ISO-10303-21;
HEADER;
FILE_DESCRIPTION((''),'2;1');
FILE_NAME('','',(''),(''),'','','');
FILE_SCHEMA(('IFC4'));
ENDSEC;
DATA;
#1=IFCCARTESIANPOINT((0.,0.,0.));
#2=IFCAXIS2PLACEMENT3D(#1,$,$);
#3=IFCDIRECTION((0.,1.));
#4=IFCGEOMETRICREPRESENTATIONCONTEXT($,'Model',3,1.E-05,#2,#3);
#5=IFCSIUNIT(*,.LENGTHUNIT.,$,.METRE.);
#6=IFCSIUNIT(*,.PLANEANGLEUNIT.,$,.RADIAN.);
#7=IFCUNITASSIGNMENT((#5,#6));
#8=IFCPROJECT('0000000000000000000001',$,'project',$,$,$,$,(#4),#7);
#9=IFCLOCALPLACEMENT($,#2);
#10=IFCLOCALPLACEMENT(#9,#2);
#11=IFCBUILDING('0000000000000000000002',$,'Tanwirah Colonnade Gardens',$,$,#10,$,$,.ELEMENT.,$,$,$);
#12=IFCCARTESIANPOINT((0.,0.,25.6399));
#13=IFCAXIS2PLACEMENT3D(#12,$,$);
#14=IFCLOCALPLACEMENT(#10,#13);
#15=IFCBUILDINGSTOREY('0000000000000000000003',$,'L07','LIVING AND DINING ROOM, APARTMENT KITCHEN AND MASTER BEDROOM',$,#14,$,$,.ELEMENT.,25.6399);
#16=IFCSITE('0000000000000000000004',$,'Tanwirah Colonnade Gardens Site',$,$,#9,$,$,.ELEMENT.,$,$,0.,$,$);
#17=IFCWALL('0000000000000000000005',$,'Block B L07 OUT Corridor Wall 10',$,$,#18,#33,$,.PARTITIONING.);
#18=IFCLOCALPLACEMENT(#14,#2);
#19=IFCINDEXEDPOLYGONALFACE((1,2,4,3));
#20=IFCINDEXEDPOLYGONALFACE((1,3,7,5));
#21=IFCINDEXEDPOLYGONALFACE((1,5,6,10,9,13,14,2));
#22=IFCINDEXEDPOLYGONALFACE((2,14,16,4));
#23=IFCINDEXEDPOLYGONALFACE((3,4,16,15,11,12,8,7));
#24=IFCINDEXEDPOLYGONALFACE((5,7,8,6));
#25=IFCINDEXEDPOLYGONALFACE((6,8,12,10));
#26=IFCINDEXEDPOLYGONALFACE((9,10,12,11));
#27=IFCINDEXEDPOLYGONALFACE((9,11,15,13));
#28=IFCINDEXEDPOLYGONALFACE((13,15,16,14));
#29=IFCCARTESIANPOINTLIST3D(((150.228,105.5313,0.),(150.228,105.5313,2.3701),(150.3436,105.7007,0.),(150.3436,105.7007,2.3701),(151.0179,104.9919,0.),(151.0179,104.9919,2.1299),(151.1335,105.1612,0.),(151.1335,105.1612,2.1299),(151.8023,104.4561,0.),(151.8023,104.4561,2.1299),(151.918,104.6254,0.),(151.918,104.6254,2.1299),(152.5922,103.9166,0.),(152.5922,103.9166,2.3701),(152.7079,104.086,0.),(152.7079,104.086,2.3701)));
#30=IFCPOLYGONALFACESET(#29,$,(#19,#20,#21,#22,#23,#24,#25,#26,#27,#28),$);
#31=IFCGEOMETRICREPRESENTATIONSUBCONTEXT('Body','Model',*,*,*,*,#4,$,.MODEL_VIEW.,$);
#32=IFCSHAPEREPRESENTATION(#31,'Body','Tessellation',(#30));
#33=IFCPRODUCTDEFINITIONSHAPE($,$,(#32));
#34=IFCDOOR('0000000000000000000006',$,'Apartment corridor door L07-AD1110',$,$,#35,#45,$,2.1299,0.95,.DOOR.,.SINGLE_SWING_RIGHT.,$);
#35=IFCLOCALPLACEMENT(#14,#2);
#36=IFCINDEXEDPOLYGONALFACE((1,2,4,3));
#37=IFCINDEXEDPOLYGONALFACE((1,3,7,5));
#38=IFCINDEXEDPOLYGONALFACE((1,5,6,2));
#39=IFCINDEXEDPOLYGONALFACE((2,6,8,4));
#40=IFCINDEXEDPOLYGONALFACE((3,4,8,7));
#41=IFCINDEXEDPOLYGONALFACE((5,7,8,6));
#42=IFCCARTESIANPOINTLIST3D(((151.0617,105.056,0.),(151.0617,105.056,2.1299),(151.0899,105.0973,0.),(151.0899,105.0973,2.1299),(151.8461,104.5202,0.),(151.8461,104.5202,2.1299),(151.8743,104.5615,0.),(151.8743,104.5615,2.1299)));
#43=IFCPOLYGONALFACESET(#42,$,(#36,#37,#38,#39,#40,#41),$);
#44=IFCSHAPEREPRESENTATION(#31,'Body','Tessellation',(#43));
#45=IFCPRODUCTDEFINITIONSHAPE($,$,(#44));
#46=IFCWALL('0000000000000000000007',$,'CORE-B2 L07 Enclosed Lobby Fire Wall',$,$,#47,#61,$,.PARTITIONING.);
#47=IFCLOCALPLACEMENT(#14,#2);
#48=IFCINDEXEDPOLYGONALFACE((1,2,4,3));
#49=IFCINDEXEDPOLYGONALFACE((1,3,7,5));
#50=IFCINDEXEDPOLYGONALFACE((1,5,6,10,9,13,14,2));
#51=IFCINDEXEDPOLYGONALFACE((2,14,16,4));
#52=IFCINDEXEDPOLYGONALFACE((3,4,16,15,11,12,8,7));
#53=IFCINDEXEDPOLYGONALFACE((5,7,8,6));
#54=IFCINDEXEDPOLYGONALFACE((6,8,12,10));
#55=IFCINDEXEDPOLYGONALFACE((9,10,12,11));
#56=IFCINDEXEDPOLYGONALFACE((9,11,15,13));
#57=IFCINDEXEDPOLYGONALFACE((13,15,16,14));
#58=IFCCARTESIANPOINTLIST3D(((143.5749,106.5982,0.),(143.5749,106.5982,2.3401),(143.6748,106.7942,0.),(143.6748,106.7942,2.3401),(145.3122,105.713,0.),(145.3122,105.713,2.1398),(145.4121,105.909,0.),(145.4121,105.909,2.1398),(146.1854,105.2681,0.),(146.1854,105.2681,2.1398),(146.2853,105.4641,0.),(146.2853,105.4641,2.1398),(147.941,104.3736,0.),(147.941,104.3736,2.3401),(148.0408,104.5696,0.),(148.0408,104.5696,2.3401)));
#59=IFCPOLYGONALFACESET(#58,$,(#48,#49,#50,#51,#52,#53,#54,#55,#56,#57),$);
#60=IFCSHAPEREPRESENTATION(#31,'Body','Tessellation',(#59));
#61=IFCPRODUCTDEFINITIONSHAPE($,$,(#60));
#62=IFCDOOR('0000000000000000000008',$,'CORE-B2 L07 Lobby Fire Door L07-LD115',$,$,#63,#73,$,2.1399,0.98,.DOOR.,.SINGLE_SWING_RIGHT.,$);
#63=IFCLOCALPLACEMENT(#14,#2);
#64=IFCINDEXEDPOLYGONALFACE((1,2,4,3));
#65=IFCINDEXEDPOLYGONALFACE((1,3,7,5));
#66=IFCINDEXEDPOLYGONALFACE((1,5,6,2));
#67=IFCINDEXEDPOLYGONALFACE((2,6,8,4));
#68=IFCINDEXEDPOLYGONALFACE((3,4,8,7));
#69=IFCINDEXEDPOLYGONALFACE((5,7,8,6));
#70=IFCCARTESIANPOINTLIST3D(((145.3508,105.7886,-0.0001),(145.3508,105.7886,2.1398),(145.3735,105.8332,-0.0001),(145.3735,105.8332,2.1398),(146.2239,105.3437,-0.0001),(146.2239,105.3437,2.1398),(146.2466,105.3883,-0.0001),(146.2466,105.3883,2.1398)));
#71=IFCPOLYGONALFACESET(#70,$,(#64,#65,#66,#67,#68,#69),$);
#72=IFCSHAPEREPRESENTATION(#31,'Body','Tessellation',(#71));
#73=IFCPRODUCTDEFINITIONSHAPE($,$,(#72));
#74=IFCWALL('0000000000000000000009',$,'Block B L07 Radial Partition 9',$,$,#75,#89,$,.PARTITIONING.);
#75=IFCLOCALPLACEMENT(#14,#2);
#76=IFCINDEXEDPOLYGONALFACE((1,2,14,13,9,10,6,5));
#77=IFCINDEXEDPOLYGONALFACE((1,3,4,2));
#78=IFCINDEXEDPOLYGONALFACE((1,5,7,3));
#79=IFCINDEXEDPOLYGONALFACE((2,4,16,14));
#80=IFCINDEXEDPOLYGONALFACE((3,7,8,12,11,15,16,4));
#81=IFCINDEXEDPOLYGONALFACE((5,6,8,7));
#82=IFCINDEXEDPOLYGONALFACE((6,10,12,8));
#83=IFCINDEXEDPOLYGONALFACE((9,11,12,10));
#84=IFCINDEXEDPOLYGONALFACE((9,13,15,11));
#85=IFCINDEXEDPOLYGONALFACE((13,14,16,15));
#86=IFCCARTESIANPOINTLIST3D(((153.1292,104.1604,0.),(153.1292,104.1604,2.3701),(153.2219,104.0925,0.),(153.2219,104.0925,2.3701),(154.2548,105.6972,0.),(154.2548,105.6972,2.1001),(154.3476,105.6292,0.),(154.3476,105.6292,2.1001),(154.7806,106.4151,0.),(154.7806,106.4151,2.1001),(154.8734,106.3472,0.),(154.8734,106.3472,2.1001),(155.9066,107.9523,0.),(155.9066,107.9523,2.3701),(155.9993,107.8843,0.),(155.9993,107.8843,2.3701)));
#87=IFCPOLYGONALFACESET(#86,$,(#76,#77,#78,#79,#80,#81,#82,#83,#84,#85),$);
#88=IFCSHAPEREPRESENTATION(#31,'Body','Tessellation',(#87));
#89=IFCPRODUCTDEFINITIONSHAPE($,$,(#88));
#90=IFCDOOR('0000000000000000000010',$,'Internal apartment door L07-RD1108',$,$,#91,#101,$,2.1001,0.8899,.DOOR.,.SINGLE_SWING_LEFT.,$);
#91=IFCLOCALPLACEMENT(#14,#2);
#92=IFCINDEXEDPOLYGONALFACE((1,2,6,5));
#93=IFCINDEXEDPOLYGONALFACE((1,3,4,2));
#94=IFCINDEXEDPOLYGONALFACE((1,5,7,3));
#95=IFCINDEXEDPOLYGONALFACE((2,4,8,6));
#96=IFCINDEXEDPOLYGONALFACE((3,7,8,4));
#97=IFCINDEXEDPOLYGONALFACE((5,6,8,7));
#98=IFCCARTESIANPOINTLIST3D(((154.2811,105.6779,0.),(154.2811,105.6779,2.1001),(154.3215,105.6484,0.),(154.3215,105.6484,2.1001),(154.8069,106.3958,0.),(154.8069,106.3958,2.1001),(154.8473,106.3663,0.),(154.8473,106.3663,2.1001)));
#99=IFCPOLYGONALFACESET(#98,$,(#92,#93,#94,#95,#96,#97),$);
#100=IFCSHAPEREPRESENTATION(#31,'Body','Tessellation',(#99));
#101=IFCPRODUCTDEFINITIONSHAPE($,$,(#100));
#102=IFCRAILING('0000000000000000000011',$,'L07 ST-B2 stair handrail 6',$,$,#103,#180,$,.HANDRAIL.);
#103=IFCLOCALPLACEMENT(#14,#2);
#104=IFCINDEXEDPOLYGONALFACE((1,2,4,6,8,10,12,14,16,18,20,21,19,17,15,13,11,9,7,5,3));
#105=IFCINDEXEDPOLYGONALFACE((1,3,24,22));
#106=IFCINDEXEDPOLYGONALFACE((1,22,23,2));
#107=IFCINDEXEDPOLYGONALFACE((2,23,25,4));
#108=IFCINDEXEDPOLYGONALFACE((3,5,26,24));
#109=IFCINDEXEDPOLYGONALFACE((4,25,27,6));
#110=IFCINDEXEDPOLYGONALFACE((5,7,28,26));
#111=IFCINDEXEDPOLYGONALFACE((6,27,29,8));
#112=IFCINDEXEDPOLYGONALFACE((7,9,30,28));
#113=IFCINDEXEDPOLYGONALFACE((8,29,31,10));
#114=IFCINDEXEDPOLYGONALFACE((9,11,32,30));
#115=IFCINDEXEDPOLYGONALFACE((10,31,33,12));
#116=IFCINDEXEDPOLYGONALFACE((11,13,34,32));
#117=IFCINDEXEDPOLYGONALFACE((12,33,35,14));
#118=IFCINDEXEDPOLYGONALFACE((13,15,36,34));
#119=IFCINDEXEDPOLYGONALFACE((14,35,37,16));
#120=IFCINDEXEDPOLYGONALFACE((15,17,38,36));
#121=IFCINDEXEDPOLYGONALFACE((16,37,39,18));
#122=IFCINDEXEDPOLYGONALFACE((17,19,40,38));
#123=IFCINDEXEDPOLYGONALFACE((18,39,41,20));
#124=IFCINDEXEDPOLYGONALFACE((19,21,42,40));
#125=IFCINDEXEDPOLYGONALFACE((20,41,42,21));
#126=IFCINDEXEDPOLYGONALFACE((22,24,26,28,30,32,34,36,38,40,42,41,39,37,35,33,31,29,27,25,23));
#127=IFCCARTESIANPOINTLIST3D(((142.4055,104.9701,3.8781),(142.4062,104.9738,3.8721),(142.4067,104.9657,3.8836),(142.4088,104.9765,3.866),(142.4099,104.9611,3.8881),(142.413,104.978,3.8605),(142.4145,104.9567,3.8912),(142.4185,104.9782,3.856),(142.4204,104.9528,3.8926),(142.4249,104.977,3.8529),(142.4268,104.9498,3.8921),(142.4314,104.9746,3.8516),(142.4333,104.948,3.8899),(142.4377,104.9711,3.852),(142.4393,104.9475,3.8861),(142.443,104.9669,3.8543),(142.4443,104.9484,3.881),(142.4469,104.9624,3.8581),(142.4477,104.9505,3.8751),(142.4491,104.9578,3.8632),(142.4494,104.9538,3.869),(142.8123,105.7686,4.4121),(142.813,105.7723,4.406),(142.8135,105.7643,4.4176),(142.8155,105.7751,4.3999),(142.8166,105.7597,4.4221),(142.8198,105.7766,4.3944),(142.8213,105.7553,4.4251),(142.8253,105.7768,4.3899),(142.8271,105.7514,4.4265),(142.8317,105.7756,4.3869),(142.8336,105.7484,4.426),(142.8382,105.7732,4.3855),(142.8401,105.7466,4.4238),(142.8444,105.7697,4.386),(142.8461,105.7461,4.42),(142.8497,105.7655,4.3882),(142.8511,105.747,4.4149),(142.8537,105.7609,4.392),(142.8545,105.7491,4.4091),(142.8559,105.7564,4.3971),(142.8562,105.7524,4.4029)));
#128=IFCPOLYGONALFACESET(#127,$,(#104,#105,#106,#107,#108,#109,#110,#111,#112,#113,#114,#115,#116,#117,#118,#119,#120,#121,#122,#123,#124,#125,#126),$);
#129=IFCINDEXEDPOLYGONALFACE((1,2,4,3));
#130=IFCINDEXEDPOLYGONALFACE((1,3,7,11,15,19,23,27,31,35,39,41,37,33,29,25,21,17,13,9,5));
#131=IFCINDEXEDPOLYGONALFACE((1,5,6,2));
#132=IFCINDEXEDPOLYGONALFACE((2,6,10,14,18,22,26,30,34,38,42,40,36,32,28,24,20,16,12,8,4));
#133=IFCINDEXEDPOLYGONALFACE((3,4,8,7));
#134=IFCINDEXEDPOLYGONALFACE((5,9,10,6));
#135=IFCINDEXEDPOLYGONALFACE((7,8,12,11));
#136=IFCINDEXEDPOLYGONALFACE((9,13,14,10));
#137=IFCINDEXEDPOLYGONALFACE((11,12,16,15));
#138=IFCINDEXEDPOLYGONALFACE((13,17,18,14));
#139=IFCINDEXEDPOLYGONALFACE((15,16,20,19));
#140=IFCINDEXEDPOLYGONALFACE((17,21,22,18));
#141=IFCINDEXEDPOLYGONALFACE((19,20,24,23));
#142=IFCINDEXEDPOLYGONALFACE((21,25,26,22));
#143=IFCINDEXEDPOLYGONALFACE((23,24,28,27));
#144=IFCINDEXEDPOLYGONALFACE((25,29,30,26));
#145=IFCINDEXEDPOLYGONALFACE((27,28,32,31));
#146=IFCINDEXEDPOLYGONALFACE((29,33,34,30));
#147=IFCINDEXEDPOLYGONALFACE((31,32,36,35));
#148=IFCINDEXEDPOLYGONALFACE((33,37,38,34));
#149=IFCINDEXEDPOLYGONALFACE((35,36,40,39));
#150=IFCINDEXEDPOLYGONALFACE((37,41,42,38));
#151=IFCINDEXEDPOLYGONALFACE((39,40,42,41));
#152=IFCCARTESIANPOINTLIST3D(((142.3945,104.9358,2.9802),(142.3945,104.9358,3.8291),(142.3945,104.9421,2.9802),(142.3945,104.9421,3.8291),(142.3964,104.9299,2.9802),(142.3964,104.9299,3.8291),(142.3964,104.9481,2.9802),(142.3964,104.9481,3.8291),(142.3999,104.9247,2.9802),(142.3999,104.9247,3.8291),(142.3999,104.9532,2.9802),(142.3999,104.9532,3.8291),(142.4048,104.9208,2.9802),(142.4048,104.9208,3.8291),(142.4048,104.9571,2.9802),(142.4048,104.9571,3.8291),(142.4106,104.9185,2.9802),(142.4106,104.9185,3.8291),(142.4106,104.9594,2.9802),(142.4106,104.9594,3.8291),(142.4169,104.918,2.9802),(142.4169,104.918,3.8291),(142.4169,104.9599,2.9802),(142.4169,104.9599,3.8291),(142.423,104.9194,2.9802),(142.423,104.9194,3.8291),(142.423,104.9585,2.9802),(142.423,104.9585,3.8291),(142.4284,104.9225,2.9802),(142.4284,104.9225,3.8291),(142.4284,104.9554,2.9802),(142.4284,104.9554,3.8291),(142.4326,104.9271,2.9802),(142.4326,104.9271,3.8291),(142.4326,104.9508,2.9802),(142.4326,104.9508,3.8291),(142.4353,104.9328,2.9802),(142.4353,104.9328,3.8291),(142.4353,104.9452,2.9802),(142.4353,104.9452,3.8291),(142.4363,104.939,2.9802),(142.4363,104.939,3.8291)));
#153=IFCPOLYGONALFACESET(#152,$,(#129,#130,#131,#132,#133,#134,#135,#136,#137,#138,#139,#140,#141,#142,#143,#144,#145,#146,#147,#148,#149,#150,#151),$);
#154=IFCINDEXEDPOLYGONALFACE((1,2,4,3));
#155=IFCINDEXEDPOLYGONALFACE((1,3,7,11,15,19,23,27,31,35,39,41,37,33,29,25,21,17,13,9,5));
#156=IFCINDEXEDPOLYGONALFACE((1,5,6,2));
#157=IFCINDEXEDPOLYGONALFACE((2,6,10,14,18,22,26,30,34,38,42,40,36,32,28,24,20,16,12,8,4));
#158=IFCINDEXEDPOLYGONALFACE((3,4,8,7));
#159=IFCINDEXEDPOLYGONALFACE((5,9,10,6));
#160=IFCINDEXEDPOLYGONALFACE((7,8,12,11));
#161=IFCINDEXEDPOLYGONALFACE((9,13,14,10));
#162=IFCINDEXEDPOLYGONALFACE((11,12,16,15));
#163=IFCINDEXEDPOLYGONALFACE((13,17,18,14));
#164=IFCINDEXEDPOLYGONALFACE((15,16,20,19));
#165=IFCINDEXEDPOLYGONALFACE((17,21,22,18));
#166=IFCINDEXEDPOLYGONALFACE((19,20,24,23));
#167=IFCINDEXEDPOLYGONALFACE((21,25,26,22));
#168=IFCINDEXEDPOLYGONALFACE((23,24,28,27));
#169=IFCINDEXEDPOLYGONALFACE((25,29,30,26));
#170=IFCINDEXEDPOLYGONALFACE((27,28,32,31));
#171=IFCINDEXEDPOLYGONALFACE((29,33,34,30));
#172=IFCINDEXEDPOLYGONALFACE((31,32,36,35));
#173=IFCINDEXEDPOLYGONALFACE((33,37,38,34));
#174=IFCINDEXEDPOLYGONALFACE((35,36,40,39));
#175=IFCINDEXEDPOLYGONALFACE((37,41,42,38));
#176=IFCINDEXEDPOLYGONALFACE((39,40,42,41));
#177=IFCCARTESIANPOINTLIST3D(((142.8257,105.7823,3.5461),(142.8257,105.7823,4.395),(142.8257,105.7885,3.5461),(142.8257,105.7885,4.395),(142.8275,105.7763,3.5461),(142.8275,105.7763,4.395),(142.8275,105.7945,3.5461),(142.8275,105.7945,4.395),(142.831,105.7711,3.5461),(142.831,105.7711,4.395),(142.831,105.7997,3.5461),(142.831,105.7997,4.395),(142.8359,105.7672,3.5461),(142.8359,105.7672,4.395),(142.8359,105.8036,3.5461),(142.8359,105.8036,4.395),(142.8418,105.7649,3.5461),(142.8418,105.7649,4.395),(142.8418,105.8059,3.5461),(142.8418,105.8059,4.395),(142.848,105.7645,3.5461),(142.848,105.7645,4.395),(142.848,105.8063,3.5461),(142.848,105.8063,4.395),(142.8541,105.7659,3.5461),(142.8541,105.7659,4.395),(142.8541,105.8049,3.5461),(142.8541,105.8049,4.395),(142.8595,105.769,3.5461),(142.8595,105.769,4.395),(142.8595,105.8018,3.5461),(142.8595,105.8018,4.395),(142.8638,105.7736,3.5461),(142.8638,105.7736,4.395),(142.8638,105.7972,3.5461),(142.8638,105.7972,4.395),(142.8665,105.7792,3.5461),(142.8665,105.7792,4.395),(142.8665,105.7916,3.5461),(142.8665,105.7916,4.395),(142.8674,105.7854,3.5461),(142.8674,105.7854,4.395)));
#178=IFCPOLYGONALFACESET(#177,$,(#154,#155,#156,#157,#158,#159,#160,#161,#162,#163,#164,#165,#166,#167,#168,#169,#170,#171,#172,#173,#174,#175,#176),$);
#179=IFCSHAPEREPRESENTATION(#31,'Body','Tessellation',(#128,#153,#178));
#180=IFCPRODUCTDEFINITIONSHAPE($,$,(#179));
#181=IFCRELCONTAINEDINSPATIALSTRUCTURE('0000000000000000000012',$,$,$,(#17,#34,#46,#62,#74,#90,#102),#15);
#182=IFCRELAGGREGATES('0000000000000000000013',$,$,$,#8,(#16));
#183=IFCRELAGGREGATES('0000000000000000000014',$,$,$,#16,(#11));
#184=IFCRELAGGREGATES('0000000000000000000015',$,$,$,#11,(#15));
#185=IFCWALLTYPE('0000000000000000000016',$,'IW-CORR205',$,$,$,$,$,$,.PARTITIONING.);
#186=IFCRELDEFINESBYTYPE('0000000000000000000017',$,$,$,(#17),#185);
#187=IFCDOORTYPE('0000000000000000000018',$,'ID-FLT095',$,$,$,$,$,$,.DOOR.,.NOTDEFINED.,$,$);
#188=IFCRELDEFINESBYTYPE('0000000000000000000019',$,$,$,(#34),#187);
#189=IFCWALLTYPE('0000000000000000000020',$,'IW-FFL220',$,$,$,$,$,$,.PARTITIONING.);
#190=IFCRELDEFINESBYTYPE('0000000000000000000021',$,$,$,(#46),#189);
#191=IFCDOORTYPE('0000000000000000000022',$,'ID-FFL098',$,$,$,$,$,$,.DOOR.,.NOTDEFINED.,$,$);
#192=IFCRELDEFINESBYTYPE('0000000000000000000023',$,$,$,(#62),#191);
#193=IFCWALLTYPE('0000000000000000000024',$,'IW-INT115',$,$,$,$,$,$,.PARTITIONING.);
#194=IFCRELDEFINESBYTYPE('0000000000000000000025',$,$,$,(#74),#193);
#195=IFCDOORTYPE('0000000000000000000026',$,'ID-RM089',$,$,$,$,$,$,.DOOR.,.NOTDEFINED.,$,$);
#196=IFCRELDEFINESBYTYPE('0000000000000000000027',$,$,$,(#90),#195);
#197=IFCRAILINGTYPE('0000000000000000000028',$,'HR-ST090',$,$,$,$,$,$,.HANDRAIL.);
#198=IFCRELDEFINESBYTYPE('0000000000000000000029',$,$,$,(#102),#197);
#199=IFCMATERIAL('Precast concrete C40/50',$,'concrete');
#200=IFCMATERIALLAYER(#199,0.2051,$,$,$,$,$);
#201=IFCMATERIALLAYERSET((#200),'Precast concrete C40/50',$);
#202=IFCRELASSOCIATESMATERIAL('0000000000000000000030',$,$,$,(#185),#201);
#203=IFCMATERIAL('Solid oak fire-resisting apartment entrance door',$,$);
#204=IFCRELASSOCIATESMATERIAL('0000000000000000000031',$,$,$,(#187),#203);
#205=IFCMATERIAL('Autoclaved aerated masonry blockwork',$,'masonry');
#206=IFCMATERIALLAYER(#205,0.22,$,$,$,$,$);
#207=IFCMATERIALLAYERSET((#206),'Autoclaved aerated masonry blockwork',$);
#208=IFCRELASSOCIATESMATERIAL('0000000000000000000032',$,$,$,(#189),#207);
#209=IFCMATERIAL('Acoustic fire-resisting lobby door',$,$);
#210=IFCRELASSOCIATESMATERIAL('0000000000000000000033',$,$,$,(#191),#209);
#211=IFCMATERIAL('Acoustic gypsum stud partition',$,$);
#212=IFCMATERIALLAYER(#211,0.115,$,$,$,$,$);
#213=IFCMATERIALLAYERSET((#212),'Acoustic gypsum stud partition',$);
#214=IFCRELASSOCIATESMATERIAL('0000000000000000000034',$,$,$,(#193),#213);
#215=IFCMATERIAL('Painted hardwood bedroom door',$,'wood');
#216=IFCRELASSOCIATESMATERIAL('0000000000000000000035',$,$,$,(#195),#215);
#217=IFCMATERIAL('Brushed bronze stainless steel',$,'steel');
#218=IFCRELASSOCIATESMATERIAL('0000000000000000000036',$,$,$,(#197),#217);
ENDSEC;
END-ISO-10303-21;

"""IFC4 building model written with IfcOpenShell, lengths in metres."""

from ifc_helpers import new_model, si_unit, direction, frame, frame_2d, origin, origin_2d, place, context, subcontext, project, spatial, rectangle, circle, extrude, material, layer, layer_set, type_object, element, fill, save


model = new_model("IFC4")

# Units and contexts
model_context = context("Model", 3, precision=1e-05, world=origin(), true_north=direction((0.0, 1.0)))
body_context = subcontext(model_context, "Body", "Model", "MODEL_VIEW")
ifc_project = project(units=[si_unit("LENGTHUNIT", "METRE"), si_unit("PLANEANGLEUNIT", "RADIAN")], contexts=[model_context])

# Site, building, storey
site_placement = place(None, origin())
site = spatial("IfcSite", under=ifc_project, at=site_placement, Name="Tanwirah Colonnade Gardens Site", CompositionType="ELEMENT", RefElevation=0.0)
building_placement = place(site_placement, origin())
building = spatial("IfcBuilding", under=site, at=building_placement, Name="Tanwirah Colonnade Gardens", CompositionType="ELEMENT")
storey_placement = place(building_placement, frame((0.0, 0.0, 25.6399)))
storey = spatial("IfcBuildingStorey", under=building, at=storey_placement, Name="L07", Description="LIVING AND DINING ROOM, APARTMENT KITCHEN AND MASTER BEDROOM", CompositionType="ELEMENT", Elevation=25.6399)

# Shared definitions
ifc_material_1 = material(Name="Precast concrete C40/50", Category="concrete")

# Walls, openings, doors
ifc_layer_1 = layer(ifc_material_1, 0.2051)
ifc_layer_set_1 = layer_set([ifc_layer_1], Name="Precast concrete C40/50")
wall_type_1 = type_object("IfcWallType", Name="IW-CORR205", PredefinedType="PARTITIONING", material=ifc_layer_set_1)
wall_1_placement = place(storey_placement, frame((152.6501, 104.0012, 0.0), z_axis=(0.0, 0.0, 1.0), x_axis=(-0.82578, 0.563993, 0.0)))
wall_1 = element("IfcWall", 1, at=wall_1_placement, inside=storey, type_object=wall_type_1, Name="Block B L07 OUT Corridor Wall 10", PredefinedType="PARTITIONING", context=body_context, shape_type="SweptSolid", body=[
    extrude(rectangle(XDim=2.863, YDim=0.2051, at=frame_2d((1.4316, 0.0))), origin(), (0.0, 0.0, 1.0), 2.3701),
])
opening_1_placement = place(wall_1_placement, frame((0.9565, 0.0, 0.0)))
opening_1 = element("IfcOpeningElement", 2, at=opening_1_placement, cuts=wall_1, PredefinedType="OPENING", context=body_context, shape_type="SweptSolid", body=[
    extrude(rectangle(XDim=0.95, YDim=2.1299, at=frame_2d((0.4751, 1.0649))), frame((0.0, 0.1125, 0.0), z_axis=(0.0, -1.0, 0.0), x_axis=(1.0, 0.0, 0.0)), (0.0, 0.0, 1.0), 0.2251),
])
ifc_material_2 = material(Name="Solid oak fire-resisting apartment entrance door")
door_type_1 = type_object("IfcDoorType", Name="ID-FLT095", OperationType="NOTDEFINED", PredefinedType="DOOR", material=ifc_material_2)
door_1_placement = place(opening_1_placement, origin())
door_1 = element("IfcDoor", 3, at=door_1_placement, inside=storey, type_object=door_type_1, Name="Apartment corridor door L07-AD1110", OperationType="SINGLE_SWING_RIGHT", OverallHeight=2.1299, OverallWidth=0.95, PredefinedType="DOOR", context=body_context, shape_type="SweptSolid", body=[
    extrude(rectangle(XDim=0.95, YDim=2.1299, at=frame_2d((0.4751, 1.0649))), frame((0.0, 0.0249, 0.0), z_axis=(0.0, -1.0, 0.0), x_axis=(1.0, 0.0, 0.0)), (0.0, 0.0, 1.0), 0.05),
])
fill(opening_1, door_1)
ifc_material_3 = material(Name="Autoclaved aerated masonry blockwork", Category="masonry")
ifc_layer_2 = layer(ifc_material_3, 0.22)
ifc_layer_set_2 = layer_set([ifc_layer_2], Name="Autoclaved aerated masonry blockwork")
wall_type_2 = type_object("IfcWallType", Name="IW-FFL220", PredefinedType="PARTITIONING", material=ifc_layer_set_2)
wall_2_placement = place(storey_placement, frame((143.6248, 106.6963, 0.0), z_axis=(0.0, 0.0, 1.0), x_axis=(0.891003, -0.453997, 0.0)))
wall_2 = element("IfcWall", 4, at=wall_2_placement, inside=storey, type_object=wall_type_2, Name="CORE-B2 L07 Enclosed Lobby Fire Wall", PredefinedType="PARTITIONING", context=body_context, shape_type="SweptSolid", body=[
    extrude(rectangle(XDim=4.9001, YDim=0.22, at=frame_2d((2.4502, 0.0))), origin(), (0.0, 0.0, 1.0), 2.3401),
])
opening_2_placement = place(wall_2_placement, frame((1.95, 0.0, 0.0)))
opening_2 = element("IfcOpeningElement", 5, at=opening_2_placement, cuts=wall_2, PredefinedType="OPENING", context=body_context, shape_type="SweptSolid", body=[
    extrude(rectangle(XDim=0.98, YDim=2.1399, at=frame_2d((0.49, 1.0698))), frame((0.0, 0.1199, 0.0), z_axis=(0.0, -1.0, 0.0), x_axis=(1.0, 0.0, 0.0)), (0.0, 0.0, 1.0), 0.24),
])
ifc_material_4 = material(Name="Acoustic fire-resisting lobby door")
door_type_2 = type_object("IfcDoorType", Name="ID-FFL098", OperationType="NOTDEFINED", PredefinedType="DOOR", material=ifc_material_4)
door_2_placement = place(opening_2_placement, origin())
door_2 = element("IfcDoor", 6, at=door_2_placement, inside=storey, type_object=door_type_2, Name="CORE-B2 L07 Lobby Fire Door L07-LD115", OperationType="SINGLE_SWING_RIGHT", OverallHeight=2.1399, OverallWidth=0.98, PredefinedType="DOOR", context=body_context, shape_type="SweptSolid", body=[
    extrude(rectangle(XDim=0.98, YDim=2.1399, at=frame_2d((0.49, 1.0698))), frame((0.0, 0.0249, 0.0), z_axis=(0.0, -1.0, 0.0), x_axis=(1.0, 0.0, 0.0)), (0.0, 0.0, 1.0), 0.05),
])
fill(opening_2, door_2)
ifc_material_5 = material(Name="Acoustic gypsum stud partition")
ifc_layer_3 = layer(ifc_material_5, 0.115)
ifc_layer_set_3 = layer_set([ifc_layer_3], Name="Acoustic gypsum stud partition")
wall_type_3 = type_object("IfcWallType", Name="IW-INT115", PredefinedType="PARTITIONING", material=ifc_layer_set_3)
wall_3_placement = place(storey_placement, frame((153.1755, 104.1265, 0.0), z_axis=(0.0, 0.0, 1.0), x_axis=(0.590911, 0.806737, 0.0)))
wall_3 = element("IfcWall", 7, at=wall_3_placement, inside=storey, type_object=wall_type_3, Name="Block B L07 Radial Partition 9", PredefinedType="PARTITIONING", context=body_context, shape_type="SweptSolid", body=[
    extrude(rectangle(XDim=4.7002, YDim=0.115, at=frame_2d((2.3501, 0.0))), origin(), (0.0, 0.0, 1.0), 2.3701),
])
opening_3_placement = place(wall_3_placement, frame((1.905, 0.0, 0.0)))
opening_3 = element("IfcOpeningElement", 8, at=opening_3_placement, cuts=wall_3, PredefinedType="OPENING", context=body_context, shape_type="SweptSolid", body=[
    extrude(rectangle(XDim=0.8899, YDim=2.1001, at=frame_2d((0.4448, 1.05))), frame((0.0, 0.0674, 0.0), z_axis=(0.0, -1.0, 0.0), x_axis=(1.0, 0.0, 0.0)), (0.0, 0.0, 1.0), 0.135),
])
ifc_material_6 = material(Name="Painted hardwood bedroom door", Category="wood")
door_type_3 = type_object("IfcDoorType", Name="ID-RM089", OperationType="NOTDEFINED", PredefinedType="DOOR", material=ifc_material_6)
door_3_placement = place(opening_3_placement, origin())
door_3 = element("IfcDoor", 9, at=door_3_placement, inside=storey, type_object=door_type_3, Name="Internal apartment door L07-RD1108", OperationType="SINGLE_SWING_LEFT", OverallHeight=2.1001, OverallWidth=0.8899, PredefinedType="DOOR", context=body_context, shape_type="SweptSolid", body=[
    extrude(rectangle(XDim=0.8899, YDim=2.1001, at=frame_2d((0.4448, 1.05))), frame((0.0, 0.0249, 0.0), z_axis=(0.0, -1.0, 0.0), x_axis=(1.0, 0.0, 0.0)), (0.0, 0.0, 1.0), 0.05),
])
fill(opening_3, door_3)

# Railing
ifc_material_7 = material(Name="Brushed bronze stainless steel", Category="steel")
railing_type = type_object("IfcRailingType", Name="HR-ST090", PredefinedType="HANDRAIL", material=ifc_material_7)
railing_placement = place(storey_placement, frame((142.4153, 104.939, 2.9802)))
element("IfcRailing", 10, at=railing_placement, inside=storey, type_object=railing_type, Name="L07 ST-B2 stair handrail 6", PredefinedType="HANDRAIL", context=body_context, shape_type="SweptSolid", body=[
    extrude(circle(Radius=0.0239, at=origin_2d()), frame((0.0122, 0.0239, 0.8918), z_axis=(0.38993, 0.765509, 0.511811), x_axis=(-0.891061, 0.453883, 0.0)), (0.0, 0.0, 1.0), 1.0432),
    extrude(circle(Radius=0.021, at=origin_2d()), origin(), (0.0, 0.0, 1.0), 0.8489),
    extrude(circle(Radius=0.021, at=origin_2d()), frame((0.4312, 0.8464, 0.5659)), (0.0, 0.0, 1.0), 0.8489),
])

save(model, "model.ifc")
